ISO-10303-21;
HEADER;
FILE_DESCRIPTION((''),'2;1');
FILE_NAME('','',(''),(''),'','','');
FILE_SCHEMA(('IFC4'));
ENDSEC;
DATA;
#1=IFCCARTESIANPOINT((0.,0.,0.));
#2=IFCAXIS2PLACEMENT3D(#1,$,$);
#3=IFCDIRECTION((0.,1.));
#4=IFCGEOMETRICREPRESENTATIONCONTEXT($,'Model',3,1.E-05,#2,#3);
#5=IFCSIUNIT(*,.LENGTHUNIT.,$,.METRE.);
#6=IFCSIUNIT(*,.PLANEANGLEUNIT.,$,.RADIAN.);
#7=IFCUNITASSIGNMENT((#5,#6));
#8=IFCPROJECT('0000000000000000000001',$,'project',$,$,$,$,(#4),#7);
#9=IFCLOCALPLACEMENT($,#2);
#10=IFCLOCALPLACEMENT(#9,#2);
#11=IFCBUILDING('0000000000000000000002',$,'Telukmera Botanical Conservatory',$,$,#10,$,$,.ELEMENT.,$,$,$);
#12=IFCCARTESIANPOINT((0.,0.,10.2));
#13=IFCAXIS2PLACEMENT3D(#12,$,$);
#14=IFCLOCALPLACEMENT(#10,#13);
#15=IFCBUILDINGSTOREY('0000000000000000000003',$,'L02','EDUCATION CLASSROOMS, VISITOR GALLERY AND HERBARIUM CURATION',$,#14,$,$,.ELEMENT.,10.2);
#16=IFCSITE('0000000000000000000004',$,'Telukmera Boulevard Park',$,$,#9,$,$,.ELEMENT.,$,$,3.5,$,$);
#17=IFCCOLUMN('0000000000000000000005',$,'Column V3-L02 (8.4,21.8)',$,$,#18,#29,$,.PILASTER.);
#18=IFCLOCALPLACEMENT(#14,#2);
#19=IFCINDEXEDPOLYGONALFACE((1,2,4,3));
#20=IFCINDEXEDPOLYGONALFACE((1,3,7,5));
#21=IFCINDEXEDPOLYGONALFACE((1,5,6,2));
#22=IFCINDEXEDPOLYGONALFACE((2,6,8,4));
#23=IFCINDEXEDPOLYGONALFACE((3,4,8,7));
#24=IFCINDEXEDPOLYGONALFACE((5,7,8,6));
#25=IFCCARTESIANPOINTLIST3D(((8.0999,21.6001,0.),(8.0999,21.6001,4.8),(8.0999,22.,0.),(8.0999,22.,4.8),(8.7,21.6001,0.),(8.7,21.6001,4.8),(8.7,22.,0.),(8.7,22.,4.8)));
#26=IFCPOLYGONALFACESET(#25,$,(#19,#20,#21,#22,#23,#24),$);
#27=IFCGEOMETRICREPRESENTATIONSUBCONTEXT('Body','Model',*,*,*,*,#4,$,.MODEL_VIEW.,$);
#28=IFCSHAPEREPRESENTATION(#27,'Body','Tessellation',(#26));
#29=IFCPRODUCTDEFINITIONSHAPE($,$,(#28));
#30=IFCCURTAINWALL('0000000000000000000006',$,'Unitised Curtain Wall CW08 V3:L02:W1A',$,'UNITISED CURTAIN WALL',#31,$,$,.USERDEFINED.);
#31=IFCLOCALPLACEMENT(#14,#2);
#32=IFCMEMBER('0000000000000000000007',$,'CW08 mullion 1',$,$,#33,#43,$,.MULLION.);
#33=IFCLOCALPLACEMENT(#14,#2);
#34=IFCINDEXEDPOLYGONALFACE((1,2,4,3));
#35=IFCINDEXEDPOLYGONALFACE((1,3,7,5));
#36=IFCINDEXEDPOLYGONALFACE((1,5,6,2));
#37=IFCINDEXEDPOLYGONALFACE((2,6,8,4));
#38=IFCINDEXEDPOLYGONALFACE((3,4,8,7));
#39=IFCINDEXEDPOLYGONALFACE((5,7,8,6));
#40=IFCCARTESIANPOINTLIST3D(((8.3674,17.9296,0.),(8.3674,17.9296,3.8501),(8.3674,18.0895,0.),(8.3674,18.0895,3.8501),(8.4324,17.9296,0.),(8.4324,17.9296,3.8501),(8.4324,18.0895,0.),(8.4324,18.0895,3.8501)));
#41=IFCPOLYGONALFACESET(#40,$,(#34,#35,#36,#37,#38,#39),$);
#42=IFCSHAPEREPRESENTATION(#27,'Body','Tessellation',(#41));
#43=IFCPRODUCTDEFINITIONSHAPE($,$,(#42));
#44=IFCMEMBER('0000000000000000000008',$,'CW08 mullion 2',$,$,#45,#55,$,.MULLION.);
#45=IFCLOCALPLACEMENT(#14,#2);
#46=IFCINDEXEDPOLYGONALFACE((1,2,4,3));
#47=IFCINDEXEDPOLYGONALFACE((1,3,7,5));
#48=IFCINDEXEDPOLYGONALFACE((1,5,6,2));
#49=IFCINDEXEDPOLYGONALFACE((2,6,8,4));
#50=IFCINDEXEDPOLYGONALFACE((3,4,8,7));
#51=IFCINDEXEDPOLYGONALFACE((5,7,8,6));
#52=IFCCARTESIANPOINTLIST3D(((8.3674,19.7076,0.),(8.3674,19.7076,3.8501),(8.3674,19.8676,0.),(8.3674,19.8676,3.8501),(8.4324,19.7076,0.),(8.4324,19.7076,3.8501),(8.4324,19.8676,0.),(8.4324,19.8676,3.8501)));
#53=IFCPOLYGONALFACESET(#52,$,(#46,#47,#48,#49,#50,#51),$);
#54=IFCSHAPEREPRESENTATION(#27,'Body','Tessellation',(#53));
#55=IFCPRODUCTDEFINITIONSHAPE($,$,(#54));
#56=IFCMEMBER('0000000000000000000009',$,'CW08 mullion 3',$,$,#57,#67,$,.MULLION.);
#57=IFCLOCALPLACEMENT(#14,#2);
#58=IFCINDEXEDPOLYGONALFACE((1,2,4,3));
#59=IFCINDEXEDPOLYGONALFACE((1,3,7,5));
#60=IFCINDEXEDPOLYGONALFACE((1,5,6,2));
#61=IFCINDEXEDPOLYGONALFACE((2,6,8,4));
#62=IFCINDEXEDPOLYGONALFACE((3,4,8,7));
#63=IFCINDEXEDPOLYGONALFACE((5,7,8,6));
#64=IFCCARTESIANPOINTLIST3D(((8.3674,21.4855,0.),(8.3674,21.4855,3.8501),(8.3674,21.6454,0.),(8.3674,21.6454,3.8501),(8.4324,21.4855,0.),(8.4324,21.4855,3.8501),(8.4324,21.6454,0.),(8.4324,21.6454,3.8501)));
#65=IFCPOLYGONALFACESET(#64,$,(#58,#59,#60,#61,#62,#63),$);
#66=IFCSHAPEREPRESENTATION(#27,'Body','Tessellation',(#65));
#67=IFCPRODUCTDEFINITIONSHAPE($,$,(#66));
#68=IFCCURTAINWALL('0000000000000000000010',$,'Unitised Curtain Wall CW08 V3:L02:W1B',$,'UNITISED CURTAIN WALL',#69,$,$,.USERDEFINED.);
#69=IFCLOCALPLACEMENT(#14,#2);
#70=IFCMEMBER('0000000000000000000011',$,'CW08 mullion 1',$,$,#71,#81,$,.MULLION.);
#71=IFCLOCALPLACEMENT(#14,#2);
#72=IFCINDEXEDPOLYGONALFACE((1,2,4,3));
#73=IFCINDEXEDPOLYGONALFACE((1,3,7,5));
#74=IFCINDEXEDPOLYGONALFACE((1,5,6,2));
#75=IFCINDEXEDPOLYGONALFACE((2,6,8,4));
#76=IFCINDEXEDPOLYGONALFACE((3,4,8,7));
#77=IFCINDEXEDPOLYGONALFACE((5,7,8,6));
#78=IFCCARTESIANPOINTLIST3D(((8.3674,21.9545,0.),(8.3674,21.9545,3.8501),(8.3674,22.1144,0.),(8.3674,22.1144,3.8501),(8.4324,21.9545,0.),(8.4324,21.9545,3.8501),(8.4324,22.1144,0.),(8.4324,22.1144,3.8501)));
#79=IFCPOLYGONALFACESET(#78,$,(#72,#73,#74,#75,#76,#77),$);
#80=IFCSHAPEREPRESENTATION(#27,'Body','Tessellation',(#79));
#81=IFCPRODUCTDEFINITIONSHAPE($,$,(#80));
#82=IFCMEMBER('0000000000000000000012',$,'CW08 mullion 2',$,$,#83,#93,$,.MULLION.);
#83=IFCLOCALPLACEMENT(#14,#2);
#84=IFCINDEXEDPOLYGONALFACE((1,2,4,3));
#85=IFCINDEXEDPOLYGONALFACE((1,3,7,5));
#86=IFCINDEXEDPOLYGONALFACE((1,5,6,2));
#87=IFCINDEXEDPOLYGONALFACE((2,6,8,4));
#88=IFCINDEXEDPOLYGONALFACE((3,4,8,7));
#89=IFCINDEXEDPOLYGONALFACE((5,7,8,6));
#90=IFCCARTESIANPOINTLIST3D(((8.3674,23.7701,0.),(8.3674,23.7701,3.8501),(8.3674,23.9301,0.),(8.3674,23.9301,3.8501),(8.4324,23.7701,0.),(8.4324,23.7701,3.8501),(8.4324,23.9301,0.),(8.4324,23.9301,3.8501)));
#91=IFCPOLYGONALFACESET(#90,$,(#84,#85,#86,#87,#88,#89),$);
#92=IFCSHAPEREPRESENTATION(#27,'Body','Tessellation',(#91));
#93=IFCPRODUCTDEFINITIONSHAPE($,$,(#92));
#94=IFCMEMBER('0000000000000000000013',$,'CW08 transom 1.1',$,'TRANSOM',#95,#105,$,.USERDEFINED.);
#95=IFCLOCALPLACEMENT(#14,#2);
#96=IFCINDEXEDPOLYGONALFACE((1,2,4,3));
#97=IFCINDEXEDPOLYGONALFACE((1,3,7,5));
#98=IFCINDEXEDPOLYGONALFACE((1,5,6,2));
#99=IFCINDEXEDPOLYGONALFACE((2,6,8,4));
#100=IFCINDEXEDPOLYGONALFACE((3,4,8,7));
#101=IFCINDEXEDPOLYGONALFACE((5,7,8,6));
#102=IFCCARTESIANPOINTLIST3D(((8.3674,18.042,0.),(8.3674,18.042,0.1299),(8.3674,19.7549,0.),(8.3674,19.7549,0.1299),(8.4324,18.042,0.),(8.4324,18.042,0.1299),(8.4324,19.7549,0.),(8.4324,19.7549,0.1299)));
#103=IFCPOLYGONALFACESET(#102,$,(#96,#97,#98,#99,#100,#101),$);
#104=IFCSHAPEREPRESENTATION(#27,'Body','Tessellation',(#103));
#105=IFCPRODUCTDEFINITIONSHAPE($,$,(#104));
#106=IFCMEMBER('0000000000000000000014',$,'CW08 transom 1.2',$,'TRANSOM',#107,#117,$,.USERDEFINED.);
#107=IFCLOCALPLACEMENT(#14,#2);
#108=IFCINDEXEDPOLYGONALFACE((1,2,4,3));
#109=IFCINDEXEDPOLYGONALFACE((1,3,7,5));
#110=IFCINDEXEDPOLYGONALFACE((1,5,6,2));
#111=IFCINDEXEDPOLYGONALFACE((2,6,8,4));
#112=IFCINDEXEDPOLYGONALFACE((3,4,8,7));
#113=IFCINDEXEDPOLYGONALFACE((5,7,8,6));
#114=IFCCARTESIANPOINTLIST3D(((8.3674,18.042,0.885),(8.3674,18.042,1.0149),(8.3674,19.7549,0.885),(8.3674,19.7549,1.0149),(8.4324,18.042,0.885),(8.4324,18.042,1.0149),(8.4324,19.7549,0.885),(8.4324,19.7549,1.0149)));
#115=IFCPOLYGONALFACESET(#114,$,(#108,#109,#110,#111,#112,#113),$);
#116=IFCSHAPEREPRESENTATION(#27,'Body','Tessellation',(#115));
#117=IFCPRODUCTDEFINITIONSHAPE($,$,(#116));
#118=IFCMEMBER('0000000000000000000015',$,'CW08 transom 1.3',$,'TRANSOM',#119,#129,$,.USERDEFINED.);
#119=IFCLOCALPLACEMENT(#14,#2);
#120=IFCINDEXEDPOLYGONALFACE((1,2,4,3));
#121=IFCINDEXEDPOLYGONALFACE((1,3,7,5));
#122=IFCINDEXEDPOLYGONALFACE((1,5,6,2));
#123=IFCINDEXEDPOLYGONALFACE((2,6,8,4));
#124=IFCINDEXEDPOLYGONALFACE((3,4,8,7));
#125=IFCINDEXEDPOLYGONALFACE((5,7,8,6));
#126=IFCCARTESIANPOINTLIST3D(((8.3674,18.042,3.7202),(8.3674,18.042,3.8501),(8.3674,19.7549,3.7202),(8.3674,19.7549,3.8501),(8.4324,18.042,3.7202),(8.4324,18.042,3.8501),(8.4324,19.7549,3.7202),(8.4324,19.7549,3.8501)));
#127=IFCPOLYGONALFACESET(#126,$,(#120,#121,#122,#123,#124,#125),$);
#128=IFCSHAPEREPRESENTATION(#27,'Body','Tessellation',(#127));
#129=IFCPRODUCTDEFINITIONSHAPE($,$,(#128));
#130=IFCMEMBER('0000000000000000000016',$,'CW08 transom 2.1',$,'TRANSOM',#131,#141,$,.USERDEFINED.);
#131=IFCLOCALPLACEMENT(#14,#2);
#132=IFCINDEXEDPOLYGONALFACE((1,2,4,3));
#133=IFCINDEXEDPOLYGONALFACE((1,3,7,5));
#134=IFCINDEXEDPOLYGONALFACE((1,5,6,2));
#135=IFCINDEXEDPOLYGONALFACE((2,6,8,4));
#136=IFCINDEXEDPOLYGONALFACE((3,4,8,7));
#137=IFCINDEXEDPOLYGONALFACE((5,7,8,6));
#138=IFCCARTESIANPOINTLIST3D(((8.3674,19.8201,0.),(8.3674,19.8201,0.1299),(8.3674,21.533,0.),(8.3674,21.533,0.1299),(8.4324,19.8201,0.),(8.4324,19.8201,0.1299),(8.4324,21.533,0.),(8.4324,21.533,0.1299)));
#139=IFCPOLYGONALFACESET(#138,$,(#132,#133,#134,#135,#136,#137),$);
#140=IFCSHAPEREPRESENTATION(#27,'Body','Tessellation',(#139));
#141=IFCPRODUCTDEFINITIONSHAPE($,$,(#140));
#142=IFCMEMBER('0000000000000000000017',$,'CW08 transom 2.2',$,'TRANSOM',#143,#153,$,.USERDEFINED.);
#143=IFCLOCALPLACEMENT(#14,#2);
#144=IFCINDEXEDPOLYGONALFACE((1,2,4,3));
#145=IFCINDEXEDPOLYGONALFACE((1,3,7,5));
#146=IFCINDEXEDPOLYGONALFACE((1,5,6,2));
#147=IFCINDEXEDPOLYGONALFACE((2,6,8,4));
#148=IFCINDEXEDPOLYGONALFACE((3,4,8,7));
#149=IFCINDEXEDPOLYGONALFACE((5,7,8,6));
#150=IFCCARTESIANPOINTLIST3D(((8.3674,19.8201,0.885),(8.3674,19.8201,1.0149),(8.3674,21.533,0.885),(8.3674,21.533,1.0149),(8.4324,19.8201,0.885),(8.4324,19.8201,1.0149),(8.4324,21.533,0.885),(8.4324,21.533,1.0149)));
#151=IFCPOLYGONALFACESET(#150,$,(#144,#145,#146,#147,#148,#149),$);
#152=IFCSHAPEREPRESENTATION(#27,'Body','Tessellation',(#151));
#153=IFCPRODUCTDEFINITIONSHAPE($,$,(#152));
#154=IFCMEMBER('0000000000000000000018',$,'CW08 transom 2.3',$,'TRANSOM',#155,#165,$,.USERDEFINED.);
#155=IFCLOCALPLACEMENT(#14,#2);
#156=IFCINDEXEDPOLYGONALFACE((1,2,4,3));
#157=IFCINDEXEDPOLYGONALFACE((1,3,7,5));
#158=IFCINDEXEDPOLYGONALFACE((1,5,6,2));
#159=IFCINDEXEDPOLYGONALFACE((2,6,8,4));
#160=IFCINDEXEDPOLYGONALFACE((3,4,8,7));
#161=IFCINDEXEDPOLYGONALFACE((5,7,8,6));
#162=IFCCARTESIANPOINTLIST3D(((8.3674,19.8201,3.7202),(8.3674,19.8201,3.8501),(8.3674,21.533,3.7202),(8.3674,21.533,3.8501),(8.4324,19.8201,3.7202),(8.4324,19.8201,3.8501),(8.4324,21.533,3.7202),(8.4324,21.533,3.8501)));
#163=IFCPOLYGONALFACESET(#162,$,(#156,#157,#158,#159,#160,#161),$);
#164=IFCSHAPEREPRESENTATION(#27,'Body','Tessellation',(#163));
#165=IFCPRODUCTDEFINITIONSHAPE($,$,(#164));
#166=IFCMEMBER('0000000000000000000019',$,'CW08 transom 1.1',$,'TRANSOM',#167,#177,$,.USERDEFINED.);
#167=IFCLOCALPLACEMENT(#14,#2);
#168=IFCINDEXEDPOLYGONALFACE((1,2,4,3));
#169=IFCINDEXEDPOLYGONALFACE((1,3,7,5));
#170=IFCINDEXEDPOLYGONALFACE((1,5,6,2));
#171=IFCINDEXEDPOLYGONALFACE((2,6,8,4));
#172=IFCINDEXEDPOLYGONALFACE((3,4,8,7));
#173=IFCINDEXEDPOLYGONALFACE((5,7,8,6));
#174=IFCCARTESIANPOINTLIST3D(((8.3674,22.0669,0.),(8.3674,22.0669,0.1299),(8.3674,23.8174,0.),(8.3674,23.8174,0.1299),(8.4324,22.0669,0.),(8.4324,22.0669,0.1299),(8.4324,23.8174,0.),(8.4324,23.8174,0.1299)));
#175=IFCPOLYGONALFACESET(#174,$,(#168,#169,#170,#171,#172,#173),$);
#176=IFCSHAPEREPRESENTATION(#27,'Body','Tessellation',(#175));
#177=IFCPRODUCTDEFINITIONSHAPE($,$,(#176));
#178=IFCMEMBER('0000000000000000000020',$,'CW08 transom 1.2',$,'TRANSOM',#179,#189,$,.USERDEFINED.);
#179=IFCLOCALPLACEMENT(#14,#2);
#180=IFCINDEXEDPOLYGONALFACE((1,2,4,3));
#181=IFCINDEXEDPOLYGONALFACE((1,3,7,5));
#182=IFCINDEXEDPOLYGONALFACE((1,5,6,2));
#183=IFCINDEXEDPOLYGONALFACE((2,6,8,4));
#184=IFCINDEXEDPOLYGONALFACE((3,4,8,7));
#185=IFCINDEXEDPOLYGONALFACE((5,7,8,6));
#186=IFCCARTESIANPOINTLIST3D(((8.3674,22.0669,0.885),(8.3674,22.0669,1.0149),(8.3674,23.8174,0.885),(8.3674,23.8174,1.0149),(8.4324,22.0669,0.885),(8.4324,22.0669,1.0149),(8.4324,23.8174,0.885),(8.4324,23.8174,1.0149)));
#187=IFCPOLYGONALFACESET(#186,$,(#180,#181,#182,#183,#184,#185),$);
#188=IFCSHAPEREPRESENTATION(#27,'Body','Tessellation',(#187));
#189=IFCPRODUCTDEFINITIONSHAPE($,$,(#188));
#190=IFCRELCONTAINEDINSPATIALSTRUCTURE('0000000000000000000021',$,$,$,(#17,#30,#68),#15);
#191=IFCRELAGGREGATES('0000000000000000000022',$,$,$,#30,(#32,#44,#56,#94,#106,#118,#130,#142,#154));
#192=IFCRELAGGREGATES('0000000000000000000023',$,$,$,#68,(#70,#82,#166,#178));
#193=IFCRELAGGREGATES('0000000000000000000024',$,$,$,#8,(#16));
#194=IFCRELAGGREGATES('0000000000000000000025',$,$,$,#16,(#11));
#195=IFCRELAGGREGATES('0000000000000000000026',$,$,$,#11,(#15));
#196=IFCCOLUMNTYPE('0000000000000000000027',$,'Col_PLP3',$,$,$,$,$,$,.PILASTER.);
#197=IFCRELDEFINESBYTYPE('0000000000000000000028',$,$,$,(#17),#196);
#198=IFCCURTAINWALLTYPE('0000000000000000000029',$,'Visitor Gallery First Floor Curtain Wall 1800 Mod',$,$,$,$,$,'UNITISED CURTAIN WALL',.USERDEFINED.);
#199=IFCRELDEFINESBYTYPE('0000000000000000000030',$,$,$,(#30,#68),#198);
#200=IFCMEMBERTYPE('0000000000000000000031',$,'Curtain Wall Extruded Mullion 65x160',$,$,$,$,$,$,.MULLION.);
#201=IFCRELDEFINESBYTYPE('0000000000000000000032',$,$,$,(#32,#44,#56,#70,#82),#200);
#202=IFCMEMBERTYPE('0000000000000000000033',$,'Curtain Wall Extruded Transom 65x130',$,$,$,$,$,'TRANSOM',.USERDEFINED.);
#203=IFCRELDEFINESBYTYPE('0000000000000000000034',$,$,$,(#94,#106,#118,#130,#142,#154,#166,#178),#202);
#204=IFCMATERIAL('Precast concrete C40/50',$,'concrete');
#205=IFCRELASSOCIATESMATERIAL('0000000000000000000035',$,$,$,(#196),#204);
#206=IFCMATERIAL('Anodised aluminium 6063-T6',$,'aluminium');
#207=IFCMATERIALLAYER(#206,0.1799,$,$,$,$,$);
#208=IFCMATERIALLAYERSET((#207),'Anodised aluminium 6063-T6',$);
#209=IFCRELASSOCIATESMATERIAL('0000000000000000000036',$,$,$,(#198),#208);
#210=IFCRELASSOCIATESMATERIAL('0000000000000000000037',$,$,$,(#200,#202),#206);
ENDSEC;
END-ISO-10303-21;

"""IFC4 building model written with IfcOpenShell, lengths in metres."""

from ifc_helpers import new_model, si_unit, direction, frame, origin, origin_2d, place, context, subcontext, project, spatial, rectangle, extrude, material, layer, layer_set, material_profile, profile_set, type_object, element, aggregate, save


model = new_model("IFC4")

# Units and contexts
model_context = context("Model", 3, precision=1e-05, world=origin(), true_north=direction((0.0, 1.0)))
body_context = subcontext(model_context, "Body", "Model", "MODEL_VIEW")
ifc_project = project(units=[si_unit("LENGTHUNIT", "METRE"), si_unit("PLANEANGLEUNIT", "RADIAN")], contexts=[model_context])

# Site, building, storey
site_placement = place(None, origin())
site = spatial("IfcSite", under=ifc_project, at=site_placement, Name="Telukmera Boulevard Park", CompositionType="ELEMENT", RefElevation=3.5)
building_placement = place(site_placement, origin())
building = spatial("IfcBuilding", under=site, at=building_placement, Name="Telukmera Botanical Conservatory", CompositionType="ELEMENT")
storey_placement = place(building_placement, frame((0.0, 0.0, 10.2)))
storey = spatial("IfcBuildingStorey", under=building, at=storey_placement, Name="L02", Description="EDUCATION CLASSROOMS, VISITOR GALLERY AND HERBARIUM CURATION", CompositionType="ELEMENT", Elevation=10.2)

# Column
ifc_material_1 = material(Name="Precast concrete C40/50", Category="concrete")
ifc_material_profile_1 = material_profile(ifc_material_1, rectangle(XDim=0.6001, YDim=0.3999, at=origin_2d()), Name="PC 600x400")
ifc_profile_set_1 = profile_set([ifc_material_profile_1], Name="Precast concrete C40/50")
column_type = type_object("IfcColumnType", Name="Col_PLP3", PredefinedType="PILASTER", material=ifc_profile_set_1)
column_placement = place(storey_placement, frame((8.3999, 21.8, 0.0), z_axis=(0.0, 0.0, 1.0), x_axis=(1.0, 0.0, 0.0)))
element("IfcColumn", 1, at=column_placement, inside=storey, type_object=column_type, Name="Column V3-L02 (8.4,21.8)", PredefinedType="PILASTER", context=body_context, shape_type="SweptSolid", body=[
    extrude(rectangle(XDim=0.6001, YDim=0.3999, at=origin_2d()), origin(), (0.0, 0.0, 1.0), 4.8),
])

# Curtain walls, members
ifc_material_2 = material(Name="Anodised aluminium 6063-T6", Category="aluminium")
ifc_layer_1 = layer(ifc_material_2, 0.1799)
ifc_layer_set_1 = layer_set([ifc_layer_1], Name="Anodised aluminium 6063-T6")
curtain_wall_type = type_object("IfcCurtainWallType", Name="Visitor Gallery First Floor Curtain Wall 1800 Mod", ElementType="UNITISED CURTAIN WALL", PredefinedType="USERDEFINED", material=ifc_layer_set_1)
curtain_wall_1_placement = place(storey_placement, origin())
curtain_wall_1 = element("IfcCurtainWall", 2, at=curtain_wall_1_placement, inside=storey, type_object=curtain_wall_type, Name="Unitised Curtain Wall CW08 V3:L02:W1A", ObjectType="UNITISED CURTAIN WALL", PredefinedType="USERDEFINED")
ifc_material_profile_2 = material_profile(ifc_material_2, rectangle(XDim=0.0649, YDim=0.1599, at=origin_2d()), Name="ALU MULL 65x160")
ifc_profile_set_2 = profile_set([ifc_material_profile_2], Name="Anodised aluminium 6063-T6")
member_type_1 = type_object("IfcMemberType", Name="Curtain Wall Extruded Mullion 65x160", PredefinedType="MULLION", material=ifc_profile_set_2)
member_1_placement = place(storey_placement, frame((8.3999, 18.0095, 0.0), z_axis=(0.0, 0.0, 1.0), x_axis=(-1.0, 0.0, 0.0)))
member_1 = element("IfcMember", 3, at=member_1_placement, type_object=member_type_1, Name="CW08 mullion 1", PredefinedType="MULLION", context=body_context, shape_type="SweptSolid", body=[
    extrude(rectangle(XDim=0.0649, YDim=0.1599, at=origin_2d()), origin(), (0.0, 0.0, 1.0), 3.8501),
])
member_2_placement = place(storey_placement, frame((8.3999, 19.7876, 0.0), z_axis=(0.0, 0.0, 1.0), x_axis=(-1.0, 0.0, 0.0)))
member_2 = element("IfcMember", 4, at=member_2_placement, type_object=member_type_1, Name="CW08 mullion 2", PredefinedType="MULLION", context=body_context, shape_type="SweptSolid", body=[
    extrude(rectangle(XDim=0.0649, YDim=0.1599, at=origin_2d()), origin(), (0.0, 0.0, 1.0), 3.8501),
])
member_3_placement = place(storey_placement, frame((8.3999, 21.5654, 0.0), z_axis=(0.0, 0.0, 1.0), x_axis=(-1.0, 0.0, 0.0)))
member_3 = element("IfcMember", 5, at=member_3_placement, type_object=member_type_1, Name="CW08 mullion 3", PredefinedType="MULLION", context=body_context, shape_type="SweptSolid", body=[
    extrude(rectangle(XDim=0.0649, YDim=0.1599, at=origin_2d()), origin(), (0.0, 0.0, 1.0), 3.8501),
])
curtain_wall_2_placement = place(storey_placement, origin())
curtain_wall_2 = element("IfcCurtainWall", 6, at=curtain_wall_2_placement, inside=storey, type_object=curtain_wall_type, Name="Unitised Curtain Wall CW08 V3:L02:W1B", ObjectType="UNITISED CURTAIN WALL", PredefinedType="USERDEFINED")
member_4_placement = place(storey_placement, frame((8.3999, 22.0344, 0.0), z_axis=(0.0, 0.0, 1.0), x_axis=(-1.0, 0.0, 0.0)))
member_4 = element("IfcMember", 7, at=member_4_placement, type_object=member_type_1, Name="CW08 mullion 1", PredefinedType="MULLION", context=body_context, shape_type="SweptSolid", body=[
    extrude(rectangle(XDim=0.0649, YDim=0.1599, at=origin_2d()), origin(), (0.0, 0.0, 1.0), 3.8501),
])
member_5_placement = place(storey_placement, frame((8.3999, 23.8501, 0.0), z_axis=(0.0, 0.0, 1.0), x_axis=(-1.0, 0.0, 0.0)))
member_5 = element("IfcMember", 8, at=member_5_placement, type_object=member_type_1, Name="CW08 mullion 2", PredefinedType="MULLION", context=body_context, shape_type="SweptSolid", body=[
    extrude(rectangle(XDim=0.0649, YDim=0.1599, at=origin_2d()), origin(), (0.0, 0.0, 1.0), 3.8501),
])

# Members
ifc_material_profile_3 = material_profile(ifc_material_2, rectangle(XDim=0.0649, YDim=0.1299, at=origin_2d()), Name="ALU TRAN 65x130")
ifc_profile_set_3 = profile_set([ifc_material_profile_3], Name="Anodised aluminium 6063-T6")
member_type_2 = type_object("IfcMemberType", Name="Curtain Wall Extruded Transom 65x130", ElementType="TRANSOM", PredefinedType="USERDEFINED", material=ifc_profile_set_3)
member_6_placement = place(storey_placement, frame((8.3999, 18.042, 0.0649), z_axis=(0.0, 1.0, 0.0), x_axis=(-1.0, 0.0, 0.0)))
member_6 = element("IfcMember", 9, at=member_6_placement, type_object=member_type_2, Name="CW08 transom 1.1", ObjectType="TRANSOM", PredefinedType="USERDEFINED", context=body_context, shape_type="SweptSolid", body=[
    extrude(rectangle(XDim=0.0649, YDim=0.1299, at=origin_2d()), origin(), (0.0, 0.0, 1.0), 1.7129),
])
member_7_placement = place(storey_placement, frame((8.3999, 18.042, 0.95), z_axis=(0.0, 1.0, 0.0), x_axis=(-1.0, 0.0, 0.0)))
member_7 = element("IfcMember", 10, at=member_7_placement, type_object=member_type_2, Name="CW08 transom 1.2", ObjectType="TRANSOM", PredefinedType="USERDEFINED", context=body_context, shape_type="SweptSolid", body=[
    extrude(rectangle(XDim=0.0649, YDim=0.1299, at=origin_2d()), origin(), (0.0, 0.0, 1.0), 1.7129),
])
member_8_placement = place(storey_placement, frame((8.3999, 18.042, 3.7852), z_axis=(0.0, 1.0, 0.0), x_axis=(-1.0, 0.0, 0.0)))
member_8 = element("IfcMember", 11, at=member_8_placement, type_object=member_type_2, Name="CW08 transom 1.3", ObjectType="TRANSOM", PredefinedType="USERDEFINED", context=body_context, shape_type="SweptSolid", body=[
    extrude(rectangle(XDim=0.0649, YDim=0.1299, at=origin_2d()), origin(), (0.0, 0.0, 1.0), 1.7129),
])
member_9_placement = place(storey_placement, frame((8.3999, 19.8201, 0.0649), z_axis=(0.0, 1.0, 0.0), x_axis=(-1.0, 0.0, 0.0)))
member_9 = element("IfcMember", 12, at=member_9_placement, type_object=member_type_2, Name="CW08 transom 2.1", ObjectType="TRANSOM", PredefinedType="USERDEFINED", context=body_context, shape_type="SweptSolid", body=[
    extrude(rectangle(XDim=0.0649, YDim=0.1299, at=origin_2d()), origin(), (0.0, 0.0, 1.0), 1.7129),
])
member_10_placement = place(storey_placement, frame((8.3999, 19.8201, 0.95), z_axis=(0.0, 1.0, 0.0), x_axis=(-1.0, 0.0, 0.0)))
member_10 = element("IfcMember", 13, at=member_10_placement, type_object=member_type_2, Name="CW08 transom 2.2", ObjectType="TRANSOM", PredefinedType="USERDEFINED", context=body_context, shape_type="SweptSolid", body=[
    extrude(rectangle(XDim=0.0649, YDim=0.1299, at=origin_2d()), origin(), (0.0, 0.0, 1.0), 1.7129),
])
member_11_placement = place(storey_placement, frame((8.3999, 19.8201, 3.7852), z_axis=(0.0, 1.0, 0.0), x_axis=(-1.0, 0.0, 0.0)))
member_11 = element("IfcMember", 14, at=member_11_placement, type_object=member_type_2, Name="CW08 transom 2.3", ObjectType="TRANSOM", PredefinedType="USERDEFINED", context=body_context, shape_type="SweptSolid", body=[
    extrude(rectangle(XDim=0.0649, YDim=0.1299, at=origin_2d()), origin(), (0.0, 0.0, 1.0), 1.7129),
])
member_12_placement = place(storey_placement, frame((8.3999, 22.0669, 0.0649), z_axis=(0.0, 1.0, 0.0), x_axis=(-1.0, 0.0, 0.0)))
member_12 = element("IfcMember", 15, at=member_12_placement, type_object=member_type_2, Name="CW08 transom 1.1", ObjectType="TRANSOM", PredefinedType="USERDEFINED", context=body_context, shape_type="SweptSolid", body=[
    extrude(rectangle(XDim=0.0649, YDim=0.1299, at=origin_2d()), origin(), (0.0, 0.0, 1.0), 1.7505),
])
member_13_placement = place(storey_placement, frame((8.3999, 22.0669, 0.95), z_axis=(0.0, 1.0, 0.0), x_axis=(-1.0, 0.0, 0.0)))
member_13 = element("IfcMember", 16, at=member_13_placement, type_object=member_type_2, Name="CW08 transom 1.2", ObjectType="TRANSOM", PredefinedType="USERDEFINED", context=body_context, shape_type="SweptSolid", body=[
    extrude(rectangle(XDim=0.0649, YDim=0.1299, at=origin_2d()), origin(), (0.0, 0.0, 1.0), 1.7505),
])

aggregate(curtain_wall_1, [member_1, member_2, member_3, member_6, member_7, member_8, member_9, member_10, member_11])
aggregate(curtain_wall_2, [member_4, member_5, member_12, member_13])

save(model, "model.ifc")
